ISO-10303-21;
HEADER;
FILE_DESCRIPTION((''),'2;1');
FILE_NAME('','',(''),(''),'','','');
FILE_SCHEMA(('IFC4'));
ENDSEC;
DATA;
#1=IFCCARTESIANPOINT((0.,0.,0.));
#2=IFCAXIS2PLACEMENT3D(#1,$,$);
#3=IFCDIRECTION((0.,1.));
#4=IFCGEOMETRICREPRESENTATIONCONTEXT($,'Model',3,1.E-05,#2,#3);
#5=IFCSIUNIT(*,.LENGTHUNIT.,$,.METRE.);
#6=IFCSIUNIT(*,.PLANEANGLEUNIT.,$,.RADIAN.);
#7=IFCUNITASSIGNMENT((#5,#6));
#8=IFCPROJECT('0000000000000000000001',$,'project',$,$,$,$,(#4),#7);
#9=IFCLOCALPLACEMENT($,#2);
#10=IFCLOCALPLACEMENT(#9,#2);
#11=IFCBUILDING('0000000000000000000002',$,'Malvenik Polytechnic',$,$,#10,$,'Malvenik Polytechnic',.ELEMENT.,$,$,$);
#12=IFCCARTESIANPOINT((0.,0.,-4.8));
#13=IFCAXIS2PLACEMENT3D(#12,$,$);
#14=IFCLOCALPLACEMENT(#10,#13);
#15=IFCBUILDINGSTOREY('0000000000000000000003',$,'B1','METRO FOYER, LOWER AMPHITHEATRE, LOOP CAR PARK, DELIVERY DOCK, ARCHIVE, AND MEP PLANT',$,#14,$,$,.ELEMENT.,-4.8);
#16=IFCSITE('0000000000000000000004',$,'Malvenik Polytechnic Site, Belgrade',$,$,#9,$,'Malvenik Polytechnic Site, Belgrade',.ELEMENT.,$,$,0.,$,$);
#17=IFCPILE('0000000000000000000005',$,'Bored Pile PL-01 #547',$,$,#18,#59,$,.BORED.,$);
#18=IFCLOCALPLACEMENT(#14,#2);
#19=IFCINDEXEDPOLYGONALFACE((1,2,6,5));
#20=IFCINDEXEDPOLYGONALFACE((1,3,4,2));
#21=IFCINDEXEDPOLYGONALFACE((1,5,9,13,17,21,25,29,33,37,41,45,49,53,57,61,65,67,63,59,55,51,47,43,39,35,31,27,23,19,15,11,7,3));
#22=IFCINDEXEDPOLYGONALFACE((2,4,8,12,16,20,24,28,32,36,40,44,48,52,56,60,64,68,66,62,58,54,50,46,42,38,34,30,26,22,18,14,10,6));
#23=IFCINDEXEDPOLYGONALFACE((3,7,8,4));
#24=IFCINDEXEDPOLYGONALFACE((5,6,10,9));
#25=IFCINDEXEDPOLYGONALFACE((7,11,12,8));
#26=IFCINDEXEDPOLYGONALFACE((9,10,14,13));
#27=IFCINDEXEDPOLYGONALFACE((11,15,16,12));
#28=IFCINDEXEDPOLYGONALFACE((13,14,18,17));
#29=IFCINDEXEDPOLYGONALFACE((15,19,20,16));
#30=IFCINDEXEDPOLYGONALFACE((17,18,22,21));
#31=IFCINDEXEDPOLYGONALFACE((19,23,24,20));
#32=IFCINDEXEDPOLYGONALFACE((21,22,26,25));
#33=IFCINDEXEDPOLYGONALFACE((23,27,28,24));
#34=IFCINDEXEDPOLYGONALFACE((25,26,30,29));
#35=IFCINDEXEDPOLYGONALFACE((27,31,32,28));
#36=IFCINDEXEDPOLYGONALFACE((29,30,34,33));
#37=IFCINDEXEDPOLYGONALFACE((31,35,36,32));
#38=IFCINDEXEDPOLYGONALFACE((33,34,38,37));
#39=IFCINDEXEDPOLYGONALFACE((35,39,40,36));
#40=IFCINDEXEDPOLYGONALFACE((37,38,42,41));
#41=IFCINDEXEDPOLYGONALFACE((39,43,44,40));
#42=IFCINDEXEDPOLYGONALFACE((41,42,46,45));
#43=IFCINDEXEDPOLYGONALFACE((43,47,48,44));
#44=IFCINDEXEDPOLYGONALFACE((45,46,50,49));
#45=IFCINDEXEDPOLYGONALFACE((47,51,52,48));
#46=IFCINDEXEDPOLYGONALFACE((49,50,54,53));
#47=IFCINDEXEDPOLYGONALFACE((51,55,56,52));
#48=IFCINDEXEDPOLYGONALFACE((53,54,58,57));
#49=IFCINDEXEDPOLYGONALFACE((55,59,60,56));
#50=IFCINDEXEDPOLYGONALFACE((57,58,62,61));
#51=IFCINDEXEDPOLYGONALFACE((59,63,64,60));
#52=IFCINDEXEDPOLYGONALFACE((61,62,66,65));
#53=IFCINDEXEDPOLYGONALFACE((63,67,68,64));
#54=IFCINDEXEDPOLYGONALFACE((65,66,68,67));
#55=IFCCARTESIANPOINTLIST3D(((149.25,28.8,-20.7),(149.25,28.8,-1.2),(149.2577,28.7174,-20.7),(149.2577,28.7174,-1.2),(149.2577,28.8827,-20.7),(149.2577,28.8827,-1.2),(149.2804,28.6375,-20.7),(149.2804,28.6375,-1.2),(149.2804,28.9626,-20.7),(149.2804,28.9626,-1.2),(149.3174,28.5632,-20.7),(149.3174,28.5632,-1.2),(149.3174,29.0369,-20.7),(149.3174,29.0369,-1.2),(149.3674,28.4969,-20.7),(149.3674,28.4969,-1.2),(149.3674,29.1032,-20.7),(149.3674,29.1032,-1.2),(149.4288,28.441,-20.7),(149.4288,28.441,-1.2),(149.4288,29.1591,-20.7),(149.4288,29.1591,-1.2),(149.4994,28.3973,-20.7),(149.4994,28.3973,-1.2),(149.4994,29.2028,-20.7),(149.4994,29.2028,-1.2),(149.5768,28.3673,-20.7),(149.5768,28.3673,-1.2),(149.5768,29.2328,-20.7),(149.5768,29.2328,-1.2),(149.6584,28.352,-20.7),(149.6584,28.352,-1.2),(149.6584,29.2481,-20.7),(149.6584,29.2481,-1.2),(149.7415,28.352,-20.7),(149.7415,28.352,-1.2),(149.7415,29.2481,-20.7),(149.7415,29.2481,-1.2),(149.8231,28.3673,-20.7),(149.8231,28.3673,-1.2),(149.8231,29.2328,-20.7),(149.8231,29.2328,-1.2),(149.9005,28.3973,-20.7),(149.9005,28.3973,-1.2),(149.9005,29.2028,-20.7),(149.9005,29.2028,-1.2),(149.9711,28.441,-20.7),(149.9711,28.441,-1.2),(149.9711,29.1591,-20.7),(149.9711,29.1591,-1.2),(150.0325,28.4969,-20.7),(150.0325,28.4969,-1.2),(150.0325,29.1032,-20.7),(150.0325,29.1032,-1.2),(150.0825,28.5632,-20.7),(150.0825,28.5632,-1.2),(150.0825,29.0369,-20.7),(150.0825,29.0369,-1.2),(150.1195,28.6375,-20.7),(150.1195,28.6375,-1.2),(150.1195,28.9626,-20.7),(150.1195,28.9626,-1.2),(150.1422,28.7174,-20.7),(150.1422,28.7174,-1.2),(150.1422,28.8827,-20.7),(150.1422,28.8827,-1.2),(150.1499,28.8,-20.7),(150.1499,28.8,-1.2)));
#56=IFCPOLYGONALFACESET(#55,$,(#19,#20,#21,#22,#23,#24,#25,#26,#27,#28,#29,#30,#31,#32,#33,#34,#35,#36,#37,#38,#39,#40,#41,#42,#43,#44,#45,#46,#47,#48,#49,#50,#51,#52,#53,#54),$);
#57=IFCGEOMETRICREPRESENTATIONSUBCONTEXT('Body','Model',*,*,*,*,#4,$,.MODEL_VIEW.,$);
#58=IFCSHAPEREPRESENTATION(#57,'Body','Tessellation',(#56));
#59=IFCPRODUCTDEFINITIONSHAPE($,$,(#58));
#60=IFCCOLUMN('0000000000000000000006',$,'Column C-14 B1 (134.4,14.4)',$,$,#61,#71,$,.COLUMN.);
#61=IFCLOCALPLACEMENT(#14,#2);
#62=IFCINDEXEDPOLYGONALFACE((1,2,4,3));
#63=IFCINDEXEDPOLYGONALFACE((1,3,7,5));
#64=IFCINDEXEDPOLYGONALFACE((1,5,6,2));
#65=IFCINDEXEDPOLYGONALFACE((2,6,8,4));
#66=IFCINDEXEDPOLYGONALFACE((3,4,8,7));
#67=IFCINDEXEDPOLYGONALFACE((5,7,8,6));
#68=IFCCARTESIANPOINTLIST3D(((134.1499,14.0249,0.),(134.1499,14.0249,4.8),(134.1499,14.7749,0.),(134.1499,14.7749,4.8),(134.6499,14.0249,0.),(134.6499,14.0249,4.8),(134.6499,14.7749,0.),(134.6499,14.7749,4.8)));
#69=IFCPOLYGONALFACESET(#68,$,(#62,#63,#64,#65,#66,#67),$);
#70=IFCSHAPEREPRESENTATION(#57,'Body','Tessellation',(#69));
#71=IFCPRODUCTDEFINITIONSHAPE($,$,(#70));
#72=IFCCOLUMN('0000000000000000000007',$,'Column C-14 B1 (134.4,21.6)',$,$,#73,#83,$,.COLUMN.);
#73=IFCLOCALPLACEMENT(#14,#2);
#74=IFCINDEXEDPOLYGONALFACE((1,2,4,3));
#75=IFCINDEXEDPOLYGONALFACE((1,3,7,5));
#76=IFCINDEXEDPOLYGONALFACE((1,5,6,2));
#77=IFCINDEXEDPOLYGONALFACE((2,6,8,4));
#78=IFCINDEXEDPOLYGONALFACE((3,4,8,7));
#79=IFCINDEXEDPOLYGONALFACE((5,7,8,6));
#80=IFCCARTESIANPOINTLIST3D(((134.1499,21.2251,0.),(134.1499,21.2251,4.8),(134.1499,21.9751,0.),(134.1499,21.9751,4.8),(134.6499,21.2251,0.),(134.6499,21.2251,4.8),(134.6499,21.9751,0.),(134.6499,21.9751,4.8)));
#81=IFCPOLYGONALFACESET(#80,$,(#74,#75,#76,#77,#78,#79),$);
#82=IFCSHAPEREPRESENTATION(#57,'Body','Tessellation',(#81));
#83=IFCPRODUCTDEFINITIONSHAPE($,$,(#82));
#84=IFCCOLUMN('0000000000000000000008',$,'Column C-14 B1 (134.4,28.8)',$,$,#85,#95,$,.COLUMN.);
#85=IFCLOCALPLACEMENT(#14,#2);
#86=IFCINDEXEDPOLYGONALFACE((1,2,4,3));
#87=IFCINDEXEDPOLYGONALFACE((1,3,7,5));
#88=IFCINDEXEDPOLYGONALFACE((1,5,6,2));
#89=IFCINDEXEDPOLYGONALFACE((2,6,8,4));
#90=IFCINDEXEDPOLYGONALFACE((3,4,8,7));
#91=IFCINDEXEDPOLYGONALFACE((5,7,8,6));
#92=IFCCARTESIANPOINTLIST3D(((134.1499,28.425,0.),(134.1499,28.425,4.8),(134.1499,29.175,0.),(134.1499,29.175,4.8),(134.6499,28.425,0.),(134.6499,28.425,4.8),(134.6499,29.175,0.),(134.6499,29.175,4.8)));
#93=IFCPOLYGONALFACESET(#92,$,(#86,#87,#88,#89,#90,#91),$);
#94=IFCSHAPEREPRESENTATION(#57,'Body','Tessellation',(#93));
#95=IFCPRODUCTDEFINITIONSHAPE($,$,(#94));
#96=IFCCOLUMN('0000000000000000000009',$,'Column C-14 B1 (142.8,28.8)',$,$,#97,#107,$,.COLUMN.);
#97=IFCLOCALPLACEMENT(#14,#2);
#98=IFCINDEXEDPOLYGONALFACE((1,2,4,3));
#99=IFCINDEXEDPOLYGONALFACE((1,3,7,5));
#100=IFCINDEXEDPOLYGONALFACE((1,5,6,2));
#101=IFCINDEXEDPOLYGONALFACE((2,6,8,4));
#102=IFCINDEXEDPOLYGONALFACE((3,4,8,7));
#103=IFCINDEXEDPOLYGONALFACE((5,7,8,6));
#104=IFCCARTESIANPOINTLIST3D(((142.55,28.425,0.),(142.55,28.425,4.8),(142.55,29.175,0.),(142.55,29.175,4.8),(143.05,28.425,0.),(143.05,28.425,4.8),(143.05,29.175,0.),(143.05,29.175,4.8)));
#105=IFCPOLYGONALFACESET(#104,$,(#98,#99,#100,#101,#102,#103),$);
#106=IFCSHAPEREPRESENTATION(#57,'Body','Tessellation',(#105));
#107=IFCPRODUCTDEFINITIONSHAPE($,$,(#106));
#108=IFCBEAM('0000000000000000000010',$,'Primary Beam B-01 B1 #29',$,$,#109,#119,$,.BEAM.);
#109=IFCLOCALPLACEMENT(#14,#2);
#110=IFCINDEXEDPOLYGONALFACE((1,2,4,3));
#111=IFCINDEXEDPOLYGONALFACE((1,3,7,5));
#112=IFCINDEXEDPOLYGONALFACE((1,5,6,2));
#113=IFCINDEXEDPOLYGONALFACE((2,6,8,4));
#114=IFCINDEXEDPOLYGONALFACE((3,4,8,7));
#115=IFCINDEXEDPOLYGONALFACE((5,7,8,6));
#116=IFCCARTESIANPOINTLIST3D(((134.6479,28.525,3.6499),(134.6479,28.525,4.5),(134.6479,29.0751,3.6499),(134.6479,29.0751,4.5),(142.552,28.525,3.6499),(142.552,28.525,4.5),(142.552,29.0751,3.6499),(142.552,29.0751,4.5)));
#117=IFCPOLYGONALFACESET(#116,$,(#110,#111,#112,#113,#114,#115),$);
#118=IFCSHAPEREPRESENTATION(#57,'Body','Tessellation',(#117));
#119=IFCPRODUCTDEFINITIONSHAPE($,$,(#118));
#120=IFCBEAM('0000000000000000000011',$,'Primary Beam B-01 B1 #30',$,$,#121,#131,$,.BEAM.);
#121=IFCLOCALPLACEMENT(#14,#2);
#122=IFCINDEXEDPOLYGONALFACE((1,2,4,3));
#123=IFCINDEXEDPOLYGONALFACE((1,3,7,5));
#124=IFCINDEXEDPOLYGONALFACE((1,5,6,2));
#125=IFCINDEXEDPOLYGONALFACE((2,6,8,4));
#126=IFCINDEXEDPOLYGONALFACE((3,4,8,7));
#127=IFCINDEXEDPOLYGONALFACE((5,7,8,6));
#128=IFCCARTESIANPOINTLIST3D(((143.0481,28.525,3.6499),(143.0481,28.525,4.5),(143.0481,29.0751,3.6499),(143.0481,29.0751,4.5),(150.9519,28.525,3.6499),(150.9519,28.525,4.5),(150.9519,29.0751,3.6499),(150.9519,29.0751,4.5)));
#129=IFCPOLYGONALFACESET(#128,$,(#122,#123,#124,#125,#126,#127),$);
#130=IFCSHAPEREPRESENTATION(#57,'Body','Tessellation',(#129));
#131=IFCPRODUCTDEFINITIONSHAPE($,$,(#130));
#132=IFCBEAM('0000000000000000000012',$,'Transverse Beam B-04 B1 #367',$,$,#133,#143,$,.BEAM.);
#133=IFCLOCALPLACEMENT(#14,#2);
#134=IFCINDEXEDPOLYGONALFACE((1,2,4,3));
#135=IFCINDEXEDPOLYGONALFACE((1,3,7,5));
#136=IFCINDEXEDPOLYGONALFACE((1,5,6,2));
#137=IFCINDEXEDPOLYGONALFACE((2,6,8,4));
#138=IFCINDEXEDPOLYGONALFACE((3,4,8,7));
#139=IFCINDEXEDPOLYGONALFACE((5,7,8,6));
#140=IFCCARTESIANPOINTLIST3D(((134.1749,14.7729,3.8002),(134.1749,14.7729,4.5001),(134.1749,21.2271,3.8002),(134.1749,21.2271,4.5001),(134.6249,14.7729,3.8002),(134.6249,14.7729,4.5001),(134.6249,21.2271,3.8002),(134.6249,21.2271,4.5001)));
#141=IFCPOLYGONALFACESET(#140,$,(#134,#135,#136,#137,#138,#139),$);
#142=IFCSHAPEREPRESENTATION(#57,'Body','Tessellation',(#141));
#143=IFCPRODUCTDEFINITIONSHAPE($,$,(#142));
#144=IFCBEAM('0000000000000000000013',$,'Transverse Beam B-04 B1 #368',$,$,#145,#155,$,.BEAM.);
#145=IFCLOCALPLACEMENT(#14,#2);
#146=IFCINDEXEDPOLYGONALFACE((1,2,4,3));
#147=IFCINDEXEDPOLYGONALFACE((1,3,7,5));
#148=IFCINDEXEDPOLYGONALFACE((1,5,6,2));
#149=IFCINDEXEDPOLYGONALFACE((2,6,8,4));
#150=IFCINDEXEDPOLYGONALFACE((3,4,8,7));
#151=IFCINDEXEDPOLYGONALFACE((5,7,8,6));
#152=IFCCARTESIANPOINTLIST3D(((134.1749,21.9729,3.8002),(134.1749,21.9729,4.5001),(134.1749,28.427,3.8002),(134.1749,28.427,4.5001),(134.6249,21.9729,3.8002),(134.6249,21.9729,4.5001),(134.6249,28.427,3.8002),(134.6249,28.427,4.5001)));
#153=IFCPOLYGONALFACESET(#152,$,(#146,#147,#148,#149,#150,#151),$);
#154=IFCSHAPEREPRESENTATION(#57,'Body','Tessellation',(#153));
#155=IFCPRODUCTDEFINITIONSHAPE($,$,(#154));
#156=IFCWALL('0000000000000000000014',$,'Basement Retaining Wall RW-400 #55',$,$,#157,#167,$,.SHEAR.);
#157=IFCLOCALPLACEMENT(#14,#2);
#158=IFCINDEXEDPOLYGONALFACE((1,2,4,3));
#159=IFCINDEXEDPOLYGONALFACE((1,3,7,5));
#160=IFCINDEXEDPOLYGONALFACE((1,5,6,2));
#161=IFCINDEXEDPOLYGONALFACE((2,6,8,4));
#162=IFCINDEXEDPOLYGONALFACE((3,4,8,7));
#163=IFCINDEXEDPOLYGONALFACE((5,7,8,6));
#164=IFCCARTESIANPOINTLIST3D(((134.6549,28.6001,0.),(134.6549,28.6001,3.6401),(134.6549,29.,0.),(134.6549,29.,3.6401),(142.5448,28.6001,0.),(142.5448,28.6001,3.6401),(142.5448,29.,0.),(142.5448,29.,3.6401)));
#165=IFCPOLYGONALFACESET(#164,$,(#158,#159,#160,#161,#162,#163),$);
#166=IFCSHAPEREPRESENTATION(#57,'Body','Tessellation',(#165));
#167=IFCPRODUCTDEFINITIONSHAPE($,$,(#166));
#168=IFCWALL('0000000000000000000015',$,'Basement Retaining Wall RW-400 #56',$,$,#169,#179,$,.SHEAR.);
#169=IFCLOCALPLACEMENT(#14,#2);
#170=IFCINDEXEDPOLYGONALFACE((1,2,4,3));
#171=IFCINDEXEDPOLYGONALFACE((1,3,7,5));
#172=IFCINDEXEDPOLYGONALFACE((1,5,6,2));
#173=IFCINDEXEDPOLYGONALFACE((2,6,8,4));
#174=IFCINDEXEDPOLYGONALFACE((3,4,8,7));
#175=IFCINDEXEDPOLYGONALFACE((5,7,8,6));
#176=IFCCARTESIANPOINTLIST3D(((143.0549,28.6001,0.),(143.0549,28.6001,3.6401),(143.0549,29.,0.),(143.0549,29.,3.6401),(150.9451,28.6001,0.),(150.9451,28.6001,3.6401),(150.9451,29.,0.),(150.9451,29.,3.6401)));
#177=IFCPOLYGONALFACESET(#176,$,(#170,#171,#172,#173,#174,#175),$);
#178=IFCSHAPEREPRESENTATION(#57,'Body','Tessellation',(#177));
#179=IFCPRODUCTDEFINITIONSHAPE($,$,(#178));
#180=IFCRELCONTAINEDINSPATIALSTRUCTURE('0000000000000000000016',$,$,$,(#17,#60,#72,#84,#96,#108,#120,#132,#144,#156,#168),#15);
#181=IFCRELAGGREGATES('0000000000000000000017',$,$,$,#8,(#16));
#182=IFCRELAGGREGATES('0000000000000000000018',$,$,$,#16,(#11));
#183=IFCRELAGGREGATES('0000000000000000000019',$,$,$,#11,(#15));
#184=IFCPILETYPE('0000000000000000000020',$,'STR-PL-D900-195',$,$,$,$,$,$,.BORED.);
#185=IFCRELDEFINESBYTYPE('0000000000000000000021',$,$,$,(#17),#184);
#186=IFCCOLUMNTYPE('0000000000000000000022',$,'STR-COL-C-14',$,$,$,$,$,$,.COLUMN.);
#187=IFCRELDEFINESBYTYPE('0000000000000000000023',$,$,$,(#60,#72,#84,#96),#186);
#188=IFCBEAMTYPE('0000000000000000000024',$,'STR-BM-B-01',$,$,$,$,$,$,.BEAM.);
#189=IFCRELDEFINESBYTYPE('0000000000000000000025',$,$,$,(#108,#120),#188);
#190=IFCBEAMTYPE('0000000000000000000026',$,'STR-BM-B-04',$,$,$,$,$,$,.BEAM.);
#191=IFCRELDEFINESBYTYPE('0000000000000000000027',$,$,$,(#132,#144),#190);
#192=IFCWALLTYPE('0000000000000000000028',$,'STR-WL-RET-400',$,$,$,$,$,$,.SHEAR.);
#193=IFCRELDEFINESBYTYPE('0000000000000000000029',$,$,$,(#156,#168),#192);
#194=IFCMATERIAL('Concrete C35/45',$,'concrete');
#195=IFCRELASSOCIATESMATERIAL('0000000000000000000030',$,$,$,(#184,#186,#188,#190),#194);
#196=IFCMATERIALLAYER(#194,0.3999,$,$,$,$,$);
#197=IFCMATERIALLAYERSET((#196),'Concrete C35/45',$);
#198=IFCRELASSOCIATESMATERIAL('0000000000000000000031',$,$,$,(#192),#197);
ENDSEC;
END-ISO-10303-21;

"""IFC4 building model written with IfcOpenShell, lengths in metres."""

from ifc_helpers import new_model, si_unit, direction, frame, frame_2d, origin, origin_2d, place, context, subcontext, project, spatial, rectangle, circle, extrude, material, layer, layer_set, material_profile, profile_set, type_object, element, save


model = new_model("IFC4")

# Units and contexts
model_context = context("Model", 3, precision=1e-05, world=origin(), true_north=direction((0.0, 1.0)))
body_context = subcontext(model_context, "Body", "Model", "MODEL_VIEW")
ifc_project = project(units=[si_unit("LENGTHUNIT", "METRE"), si_unit("PLANEANGLEUNIT", "RADIAN")], contexts=[model_context])

# Site, building, storey
site_placement = place(None, origin())
site = spatial("IfcSite", under=ifc_project, at=site_placement, Name="Malvenik Polytechnic Site, Belgrade", LongName="Malvenik Polytechnic Site, Belgrade", CompositionType="ELEMENT", RefElevation=0.0)
building_placement = place(site_placement, origin())
building = spatial("IfcBuilding", under=site, at=building_placement, Name="Malvenik Polytechnic", LongName="Malvenik Polytechnic", CompositionType="ELEMENT")
storey_placement = place(building_placement, frame((0.0, 0.0, -4.8)))
storey = spatial("IfcBuildingStorey", under=building, at=storey_placement, Name="B1", Description="METRO FOYER, LOWER AMPHITHEATRE, LOOP CAR PARK, DELIVERY DOCK, ARCHIVE, AND MEP PLANT", CompositionType="ELEMENT", Elevation=-4.8)

# Shared definitions
ifc_material = material(Name="Concrete C35/45", Category="concrete")

# Pile
ifc_material_profile_1 = material_profile(ifc_material, circle(Radius=0.45, at=origin_2d()), Name="BORED PILE D900")
ifc_profile_set_1 = profile_set([ifc_material_profile_1], Name="Concrete C35/45")
pile_type = type_object("IfcPileType", Name="STR-PL-D900-195", PredefinedType="BORED", material=ifc_profile_set_1)
for number, where, z_axis, x_axis, name in (
    (1, (149.7, 28.8, -1.2), (0.0, 0.0, -1.0), (1.0, 0.0, 0.0), "Bored Pile PL-01 #547"),
):
    element("IfcPile", number, at=place(storey_placement, frame(where, z_axis=z_axis, x_axis=x_axis)), inside=storey, type_object=pile_type, Name=name, PredefinedType="BORED", context=body_context, shape_type="SweptSolid", body=[
        extrude(circle(Radius=0.45, at=origin_2d()), origin(), (0.0, 0.0, 1.0), 19.5),
    ])

# Columns
ifc_material_profile_2 = material_profile(ifc_material, rectangle(XDim=0.5, YDim=0.75, at=origin_2d()), Name="RC COL 750x500")
ifc_profile_set_2 = profile_set([ifc_material_profile_2], Name="Concrete C35/45")
column_type = type_object("IfcColumnType", Name="STR-COL-C-14", PredefinedType="COLUMN", material=ifc_profile_set_2)
for number, where, z_axis, x_axis, name in (
    (2, (134.3999, 14.3999, 0.0), (0.0, 0.0, 1.0), (1.0, 0.0, 0.0), "Column C-14 B1 (134.4,14.4)"),
    (3, (134.3999, 21.6001, 0.0), (0.0, 0.0, 1.0), (1.0, 0.0, 0.0), "Column C-14 B1 (134.4,21.6)"),
    (4, (134.3999, 28.8, 0.0), (0.0, 0.0, 1.0), (1.0, 0.0, 0.0), "Column C-14 B1 (134.4,28.8)"),
    (5, (142.8, 28.8, 0.0), (0.0, 0.0, 1.0), (1.0, 0.0, 0.0), "Column C-14 B1 (142.8,28.8)"),
):
    element("IfcColumn", number, at=place(storey_placement, frame(where, z_axis=z_axis, x_axis=x_axis)), inside=storey, type_object=column_type, Name=name, PredefinedType="COLUMN", context=body_context, shape_type="SweptSolid", body=[
        extrude(rectangle(XDim=0.5, YDim=0.75, at=origin_2d()), origin(), (0.0, 0.0, 1.0), 4.8),
    ])

# Beams
ifc_material_profile_3 = material_profile(ifc_material, rectangle(XDim=0.55, YDim=0.8501, at=origin_2d()), Name="RC BM 550x850")
ifc_profile_set_3 = profile_set([ifc_material_profile_3], Name="Concrete C35/45")
beam_type_1 = type_object("IfcBeamType", Name="STR-BM-B-01", PredefinedType="BEAM", material=ifc_profile_set_3)
beam_1_placement = place(storey_placement, frame((134.6479, 28.8, 4.075), z_axis=(1.0, 0.0, 0.0), x_axis=(0.0, 1.0, 0.0)))
element("IfcBeam", 6, at=beam_1_placement, inside=storey, type_object=beam_type_1, Name="Primary Beam B-01 B1 #29", PredefinedType="BEAM", context=body_context, shape_type="SweptSolid", body=[
    extrude(rectangle(XDim=0.55, YDim=0.8501, at=origin_2d()), origin(), (0.0, 0.0, 1.0), 7.9041),
])
beam_2_placement = place(storey_placement, frame((143.0481, 28.8, 4.075), z_axis=(1.0, 0.0, 0.0), x_axis=(0.0, 1.0, 0.0)))
element("IfcBeam", 7, at=beam_2_placement, inside=storey, type_object=beam_type_1, Name="Primary Beam B-01 B1 #30", PredefinedType="BEAM", context=body_context, shape_type="SweptSolid", body=[
    extrude(rectangle(XDim=0.55, YDim=0.8501, at=origin_2d()), origin(), (0.0, 0.0, 1.0), 7.9038),
])
ifc_material_profile_4 = material_profile(ifc_material, rectangle(XDim=0.45, YDim=0.7, at=origin_2d()), Name="RC BM 450x700")
ifc_profile_set_4 = profile_set([ifc_material_profile_4], Name="Concrete C35/45")
beam_type_2 = type_object("IfcBeamType", Name="STR-BM-B-04", PredefinedType="BEAM", material=ifc_profile_set_4)
for number, where, z_axis, x_axis, name in (
    (8, (134.3999, 14.7729, 4.1501), (0.0, 1.0, 0.0), (-1.0, 0.0, 0.0), "Transverse Beam B-04 B1 #367"),
    (9, (134.3999, 21.9729, 4.1501), (0.0, 1.0, 0.0), (-1.0, 0.0, 0.0), "Transverse Beam B-04 B1 #368"),
):
    element("IfcBeam", number, at=place(storey_placement, frame(where, z_axis=z_axis, x_axis=x_axis)), inside=storey, type_object=beam_type_2, Name=name, PredefinedType="BEAM", context=body_context, shape_type="SweptSolid", body=[
        extrude(rectangle(XDim=0.45, YDim=0.7, at=origin_2d()), origin(), (0.0, 0.0, 1.0), 6.4541),
    ])

# Walls
ifc_layer = layer(ifc_material, 0.3999)
ifc_layer_set = layer_set([ifc_layer], Name="Concrete C35/45")
wall_type = type_object("IfcWallType", Name="STR-WL-RET-400", PredefinedType="SHEAR", material=ifc_layer_set)
wall_1_placement = place(storey_placement, frame((134.655, 28.8, 0.0), z_axis=(0.0, 0.0, 1.0), x_axis=(1.0, 0.0, 0.0)))
element("IfcWall", 10, at=wall_1_placement, inside=storey, type_object=wall_type, Name="Basement Retaining Wall RW-400 #55", PredefinedType="SHEAR", context=body_context, shape_type="SweptSolid", body=[
    extrude(rectangle(XDim=7.8899, YDim=0.3999, at=frame_2d((3.9448, 0.0))), origin(), (0.0, 0.0, 1.0), 3.6401),
])
wall_2_placement = place(storey_placement, frame((143.0549, 28.8, 0.0), z_axis=(0.0, 0.0, 1.0), x_axis=(1.0, 0.0, 0.0)))
element("IfcWall", 11, at=wall_2_placement, inside=storey, type_object=wall_type, Name="Basement Retaining Wall RW-400 #56", PredefinedType="SHEAR", context=body_context, shape_type="SweptSolid", body=[
    extrude(rectangle(XDim=7.8901, YDim=0.3999, at=frame_2d((3.9451, 0.0))), origin(), (0.0, 0.0, 1.0), 3.6401),
])

save(model, "model.ifc")
